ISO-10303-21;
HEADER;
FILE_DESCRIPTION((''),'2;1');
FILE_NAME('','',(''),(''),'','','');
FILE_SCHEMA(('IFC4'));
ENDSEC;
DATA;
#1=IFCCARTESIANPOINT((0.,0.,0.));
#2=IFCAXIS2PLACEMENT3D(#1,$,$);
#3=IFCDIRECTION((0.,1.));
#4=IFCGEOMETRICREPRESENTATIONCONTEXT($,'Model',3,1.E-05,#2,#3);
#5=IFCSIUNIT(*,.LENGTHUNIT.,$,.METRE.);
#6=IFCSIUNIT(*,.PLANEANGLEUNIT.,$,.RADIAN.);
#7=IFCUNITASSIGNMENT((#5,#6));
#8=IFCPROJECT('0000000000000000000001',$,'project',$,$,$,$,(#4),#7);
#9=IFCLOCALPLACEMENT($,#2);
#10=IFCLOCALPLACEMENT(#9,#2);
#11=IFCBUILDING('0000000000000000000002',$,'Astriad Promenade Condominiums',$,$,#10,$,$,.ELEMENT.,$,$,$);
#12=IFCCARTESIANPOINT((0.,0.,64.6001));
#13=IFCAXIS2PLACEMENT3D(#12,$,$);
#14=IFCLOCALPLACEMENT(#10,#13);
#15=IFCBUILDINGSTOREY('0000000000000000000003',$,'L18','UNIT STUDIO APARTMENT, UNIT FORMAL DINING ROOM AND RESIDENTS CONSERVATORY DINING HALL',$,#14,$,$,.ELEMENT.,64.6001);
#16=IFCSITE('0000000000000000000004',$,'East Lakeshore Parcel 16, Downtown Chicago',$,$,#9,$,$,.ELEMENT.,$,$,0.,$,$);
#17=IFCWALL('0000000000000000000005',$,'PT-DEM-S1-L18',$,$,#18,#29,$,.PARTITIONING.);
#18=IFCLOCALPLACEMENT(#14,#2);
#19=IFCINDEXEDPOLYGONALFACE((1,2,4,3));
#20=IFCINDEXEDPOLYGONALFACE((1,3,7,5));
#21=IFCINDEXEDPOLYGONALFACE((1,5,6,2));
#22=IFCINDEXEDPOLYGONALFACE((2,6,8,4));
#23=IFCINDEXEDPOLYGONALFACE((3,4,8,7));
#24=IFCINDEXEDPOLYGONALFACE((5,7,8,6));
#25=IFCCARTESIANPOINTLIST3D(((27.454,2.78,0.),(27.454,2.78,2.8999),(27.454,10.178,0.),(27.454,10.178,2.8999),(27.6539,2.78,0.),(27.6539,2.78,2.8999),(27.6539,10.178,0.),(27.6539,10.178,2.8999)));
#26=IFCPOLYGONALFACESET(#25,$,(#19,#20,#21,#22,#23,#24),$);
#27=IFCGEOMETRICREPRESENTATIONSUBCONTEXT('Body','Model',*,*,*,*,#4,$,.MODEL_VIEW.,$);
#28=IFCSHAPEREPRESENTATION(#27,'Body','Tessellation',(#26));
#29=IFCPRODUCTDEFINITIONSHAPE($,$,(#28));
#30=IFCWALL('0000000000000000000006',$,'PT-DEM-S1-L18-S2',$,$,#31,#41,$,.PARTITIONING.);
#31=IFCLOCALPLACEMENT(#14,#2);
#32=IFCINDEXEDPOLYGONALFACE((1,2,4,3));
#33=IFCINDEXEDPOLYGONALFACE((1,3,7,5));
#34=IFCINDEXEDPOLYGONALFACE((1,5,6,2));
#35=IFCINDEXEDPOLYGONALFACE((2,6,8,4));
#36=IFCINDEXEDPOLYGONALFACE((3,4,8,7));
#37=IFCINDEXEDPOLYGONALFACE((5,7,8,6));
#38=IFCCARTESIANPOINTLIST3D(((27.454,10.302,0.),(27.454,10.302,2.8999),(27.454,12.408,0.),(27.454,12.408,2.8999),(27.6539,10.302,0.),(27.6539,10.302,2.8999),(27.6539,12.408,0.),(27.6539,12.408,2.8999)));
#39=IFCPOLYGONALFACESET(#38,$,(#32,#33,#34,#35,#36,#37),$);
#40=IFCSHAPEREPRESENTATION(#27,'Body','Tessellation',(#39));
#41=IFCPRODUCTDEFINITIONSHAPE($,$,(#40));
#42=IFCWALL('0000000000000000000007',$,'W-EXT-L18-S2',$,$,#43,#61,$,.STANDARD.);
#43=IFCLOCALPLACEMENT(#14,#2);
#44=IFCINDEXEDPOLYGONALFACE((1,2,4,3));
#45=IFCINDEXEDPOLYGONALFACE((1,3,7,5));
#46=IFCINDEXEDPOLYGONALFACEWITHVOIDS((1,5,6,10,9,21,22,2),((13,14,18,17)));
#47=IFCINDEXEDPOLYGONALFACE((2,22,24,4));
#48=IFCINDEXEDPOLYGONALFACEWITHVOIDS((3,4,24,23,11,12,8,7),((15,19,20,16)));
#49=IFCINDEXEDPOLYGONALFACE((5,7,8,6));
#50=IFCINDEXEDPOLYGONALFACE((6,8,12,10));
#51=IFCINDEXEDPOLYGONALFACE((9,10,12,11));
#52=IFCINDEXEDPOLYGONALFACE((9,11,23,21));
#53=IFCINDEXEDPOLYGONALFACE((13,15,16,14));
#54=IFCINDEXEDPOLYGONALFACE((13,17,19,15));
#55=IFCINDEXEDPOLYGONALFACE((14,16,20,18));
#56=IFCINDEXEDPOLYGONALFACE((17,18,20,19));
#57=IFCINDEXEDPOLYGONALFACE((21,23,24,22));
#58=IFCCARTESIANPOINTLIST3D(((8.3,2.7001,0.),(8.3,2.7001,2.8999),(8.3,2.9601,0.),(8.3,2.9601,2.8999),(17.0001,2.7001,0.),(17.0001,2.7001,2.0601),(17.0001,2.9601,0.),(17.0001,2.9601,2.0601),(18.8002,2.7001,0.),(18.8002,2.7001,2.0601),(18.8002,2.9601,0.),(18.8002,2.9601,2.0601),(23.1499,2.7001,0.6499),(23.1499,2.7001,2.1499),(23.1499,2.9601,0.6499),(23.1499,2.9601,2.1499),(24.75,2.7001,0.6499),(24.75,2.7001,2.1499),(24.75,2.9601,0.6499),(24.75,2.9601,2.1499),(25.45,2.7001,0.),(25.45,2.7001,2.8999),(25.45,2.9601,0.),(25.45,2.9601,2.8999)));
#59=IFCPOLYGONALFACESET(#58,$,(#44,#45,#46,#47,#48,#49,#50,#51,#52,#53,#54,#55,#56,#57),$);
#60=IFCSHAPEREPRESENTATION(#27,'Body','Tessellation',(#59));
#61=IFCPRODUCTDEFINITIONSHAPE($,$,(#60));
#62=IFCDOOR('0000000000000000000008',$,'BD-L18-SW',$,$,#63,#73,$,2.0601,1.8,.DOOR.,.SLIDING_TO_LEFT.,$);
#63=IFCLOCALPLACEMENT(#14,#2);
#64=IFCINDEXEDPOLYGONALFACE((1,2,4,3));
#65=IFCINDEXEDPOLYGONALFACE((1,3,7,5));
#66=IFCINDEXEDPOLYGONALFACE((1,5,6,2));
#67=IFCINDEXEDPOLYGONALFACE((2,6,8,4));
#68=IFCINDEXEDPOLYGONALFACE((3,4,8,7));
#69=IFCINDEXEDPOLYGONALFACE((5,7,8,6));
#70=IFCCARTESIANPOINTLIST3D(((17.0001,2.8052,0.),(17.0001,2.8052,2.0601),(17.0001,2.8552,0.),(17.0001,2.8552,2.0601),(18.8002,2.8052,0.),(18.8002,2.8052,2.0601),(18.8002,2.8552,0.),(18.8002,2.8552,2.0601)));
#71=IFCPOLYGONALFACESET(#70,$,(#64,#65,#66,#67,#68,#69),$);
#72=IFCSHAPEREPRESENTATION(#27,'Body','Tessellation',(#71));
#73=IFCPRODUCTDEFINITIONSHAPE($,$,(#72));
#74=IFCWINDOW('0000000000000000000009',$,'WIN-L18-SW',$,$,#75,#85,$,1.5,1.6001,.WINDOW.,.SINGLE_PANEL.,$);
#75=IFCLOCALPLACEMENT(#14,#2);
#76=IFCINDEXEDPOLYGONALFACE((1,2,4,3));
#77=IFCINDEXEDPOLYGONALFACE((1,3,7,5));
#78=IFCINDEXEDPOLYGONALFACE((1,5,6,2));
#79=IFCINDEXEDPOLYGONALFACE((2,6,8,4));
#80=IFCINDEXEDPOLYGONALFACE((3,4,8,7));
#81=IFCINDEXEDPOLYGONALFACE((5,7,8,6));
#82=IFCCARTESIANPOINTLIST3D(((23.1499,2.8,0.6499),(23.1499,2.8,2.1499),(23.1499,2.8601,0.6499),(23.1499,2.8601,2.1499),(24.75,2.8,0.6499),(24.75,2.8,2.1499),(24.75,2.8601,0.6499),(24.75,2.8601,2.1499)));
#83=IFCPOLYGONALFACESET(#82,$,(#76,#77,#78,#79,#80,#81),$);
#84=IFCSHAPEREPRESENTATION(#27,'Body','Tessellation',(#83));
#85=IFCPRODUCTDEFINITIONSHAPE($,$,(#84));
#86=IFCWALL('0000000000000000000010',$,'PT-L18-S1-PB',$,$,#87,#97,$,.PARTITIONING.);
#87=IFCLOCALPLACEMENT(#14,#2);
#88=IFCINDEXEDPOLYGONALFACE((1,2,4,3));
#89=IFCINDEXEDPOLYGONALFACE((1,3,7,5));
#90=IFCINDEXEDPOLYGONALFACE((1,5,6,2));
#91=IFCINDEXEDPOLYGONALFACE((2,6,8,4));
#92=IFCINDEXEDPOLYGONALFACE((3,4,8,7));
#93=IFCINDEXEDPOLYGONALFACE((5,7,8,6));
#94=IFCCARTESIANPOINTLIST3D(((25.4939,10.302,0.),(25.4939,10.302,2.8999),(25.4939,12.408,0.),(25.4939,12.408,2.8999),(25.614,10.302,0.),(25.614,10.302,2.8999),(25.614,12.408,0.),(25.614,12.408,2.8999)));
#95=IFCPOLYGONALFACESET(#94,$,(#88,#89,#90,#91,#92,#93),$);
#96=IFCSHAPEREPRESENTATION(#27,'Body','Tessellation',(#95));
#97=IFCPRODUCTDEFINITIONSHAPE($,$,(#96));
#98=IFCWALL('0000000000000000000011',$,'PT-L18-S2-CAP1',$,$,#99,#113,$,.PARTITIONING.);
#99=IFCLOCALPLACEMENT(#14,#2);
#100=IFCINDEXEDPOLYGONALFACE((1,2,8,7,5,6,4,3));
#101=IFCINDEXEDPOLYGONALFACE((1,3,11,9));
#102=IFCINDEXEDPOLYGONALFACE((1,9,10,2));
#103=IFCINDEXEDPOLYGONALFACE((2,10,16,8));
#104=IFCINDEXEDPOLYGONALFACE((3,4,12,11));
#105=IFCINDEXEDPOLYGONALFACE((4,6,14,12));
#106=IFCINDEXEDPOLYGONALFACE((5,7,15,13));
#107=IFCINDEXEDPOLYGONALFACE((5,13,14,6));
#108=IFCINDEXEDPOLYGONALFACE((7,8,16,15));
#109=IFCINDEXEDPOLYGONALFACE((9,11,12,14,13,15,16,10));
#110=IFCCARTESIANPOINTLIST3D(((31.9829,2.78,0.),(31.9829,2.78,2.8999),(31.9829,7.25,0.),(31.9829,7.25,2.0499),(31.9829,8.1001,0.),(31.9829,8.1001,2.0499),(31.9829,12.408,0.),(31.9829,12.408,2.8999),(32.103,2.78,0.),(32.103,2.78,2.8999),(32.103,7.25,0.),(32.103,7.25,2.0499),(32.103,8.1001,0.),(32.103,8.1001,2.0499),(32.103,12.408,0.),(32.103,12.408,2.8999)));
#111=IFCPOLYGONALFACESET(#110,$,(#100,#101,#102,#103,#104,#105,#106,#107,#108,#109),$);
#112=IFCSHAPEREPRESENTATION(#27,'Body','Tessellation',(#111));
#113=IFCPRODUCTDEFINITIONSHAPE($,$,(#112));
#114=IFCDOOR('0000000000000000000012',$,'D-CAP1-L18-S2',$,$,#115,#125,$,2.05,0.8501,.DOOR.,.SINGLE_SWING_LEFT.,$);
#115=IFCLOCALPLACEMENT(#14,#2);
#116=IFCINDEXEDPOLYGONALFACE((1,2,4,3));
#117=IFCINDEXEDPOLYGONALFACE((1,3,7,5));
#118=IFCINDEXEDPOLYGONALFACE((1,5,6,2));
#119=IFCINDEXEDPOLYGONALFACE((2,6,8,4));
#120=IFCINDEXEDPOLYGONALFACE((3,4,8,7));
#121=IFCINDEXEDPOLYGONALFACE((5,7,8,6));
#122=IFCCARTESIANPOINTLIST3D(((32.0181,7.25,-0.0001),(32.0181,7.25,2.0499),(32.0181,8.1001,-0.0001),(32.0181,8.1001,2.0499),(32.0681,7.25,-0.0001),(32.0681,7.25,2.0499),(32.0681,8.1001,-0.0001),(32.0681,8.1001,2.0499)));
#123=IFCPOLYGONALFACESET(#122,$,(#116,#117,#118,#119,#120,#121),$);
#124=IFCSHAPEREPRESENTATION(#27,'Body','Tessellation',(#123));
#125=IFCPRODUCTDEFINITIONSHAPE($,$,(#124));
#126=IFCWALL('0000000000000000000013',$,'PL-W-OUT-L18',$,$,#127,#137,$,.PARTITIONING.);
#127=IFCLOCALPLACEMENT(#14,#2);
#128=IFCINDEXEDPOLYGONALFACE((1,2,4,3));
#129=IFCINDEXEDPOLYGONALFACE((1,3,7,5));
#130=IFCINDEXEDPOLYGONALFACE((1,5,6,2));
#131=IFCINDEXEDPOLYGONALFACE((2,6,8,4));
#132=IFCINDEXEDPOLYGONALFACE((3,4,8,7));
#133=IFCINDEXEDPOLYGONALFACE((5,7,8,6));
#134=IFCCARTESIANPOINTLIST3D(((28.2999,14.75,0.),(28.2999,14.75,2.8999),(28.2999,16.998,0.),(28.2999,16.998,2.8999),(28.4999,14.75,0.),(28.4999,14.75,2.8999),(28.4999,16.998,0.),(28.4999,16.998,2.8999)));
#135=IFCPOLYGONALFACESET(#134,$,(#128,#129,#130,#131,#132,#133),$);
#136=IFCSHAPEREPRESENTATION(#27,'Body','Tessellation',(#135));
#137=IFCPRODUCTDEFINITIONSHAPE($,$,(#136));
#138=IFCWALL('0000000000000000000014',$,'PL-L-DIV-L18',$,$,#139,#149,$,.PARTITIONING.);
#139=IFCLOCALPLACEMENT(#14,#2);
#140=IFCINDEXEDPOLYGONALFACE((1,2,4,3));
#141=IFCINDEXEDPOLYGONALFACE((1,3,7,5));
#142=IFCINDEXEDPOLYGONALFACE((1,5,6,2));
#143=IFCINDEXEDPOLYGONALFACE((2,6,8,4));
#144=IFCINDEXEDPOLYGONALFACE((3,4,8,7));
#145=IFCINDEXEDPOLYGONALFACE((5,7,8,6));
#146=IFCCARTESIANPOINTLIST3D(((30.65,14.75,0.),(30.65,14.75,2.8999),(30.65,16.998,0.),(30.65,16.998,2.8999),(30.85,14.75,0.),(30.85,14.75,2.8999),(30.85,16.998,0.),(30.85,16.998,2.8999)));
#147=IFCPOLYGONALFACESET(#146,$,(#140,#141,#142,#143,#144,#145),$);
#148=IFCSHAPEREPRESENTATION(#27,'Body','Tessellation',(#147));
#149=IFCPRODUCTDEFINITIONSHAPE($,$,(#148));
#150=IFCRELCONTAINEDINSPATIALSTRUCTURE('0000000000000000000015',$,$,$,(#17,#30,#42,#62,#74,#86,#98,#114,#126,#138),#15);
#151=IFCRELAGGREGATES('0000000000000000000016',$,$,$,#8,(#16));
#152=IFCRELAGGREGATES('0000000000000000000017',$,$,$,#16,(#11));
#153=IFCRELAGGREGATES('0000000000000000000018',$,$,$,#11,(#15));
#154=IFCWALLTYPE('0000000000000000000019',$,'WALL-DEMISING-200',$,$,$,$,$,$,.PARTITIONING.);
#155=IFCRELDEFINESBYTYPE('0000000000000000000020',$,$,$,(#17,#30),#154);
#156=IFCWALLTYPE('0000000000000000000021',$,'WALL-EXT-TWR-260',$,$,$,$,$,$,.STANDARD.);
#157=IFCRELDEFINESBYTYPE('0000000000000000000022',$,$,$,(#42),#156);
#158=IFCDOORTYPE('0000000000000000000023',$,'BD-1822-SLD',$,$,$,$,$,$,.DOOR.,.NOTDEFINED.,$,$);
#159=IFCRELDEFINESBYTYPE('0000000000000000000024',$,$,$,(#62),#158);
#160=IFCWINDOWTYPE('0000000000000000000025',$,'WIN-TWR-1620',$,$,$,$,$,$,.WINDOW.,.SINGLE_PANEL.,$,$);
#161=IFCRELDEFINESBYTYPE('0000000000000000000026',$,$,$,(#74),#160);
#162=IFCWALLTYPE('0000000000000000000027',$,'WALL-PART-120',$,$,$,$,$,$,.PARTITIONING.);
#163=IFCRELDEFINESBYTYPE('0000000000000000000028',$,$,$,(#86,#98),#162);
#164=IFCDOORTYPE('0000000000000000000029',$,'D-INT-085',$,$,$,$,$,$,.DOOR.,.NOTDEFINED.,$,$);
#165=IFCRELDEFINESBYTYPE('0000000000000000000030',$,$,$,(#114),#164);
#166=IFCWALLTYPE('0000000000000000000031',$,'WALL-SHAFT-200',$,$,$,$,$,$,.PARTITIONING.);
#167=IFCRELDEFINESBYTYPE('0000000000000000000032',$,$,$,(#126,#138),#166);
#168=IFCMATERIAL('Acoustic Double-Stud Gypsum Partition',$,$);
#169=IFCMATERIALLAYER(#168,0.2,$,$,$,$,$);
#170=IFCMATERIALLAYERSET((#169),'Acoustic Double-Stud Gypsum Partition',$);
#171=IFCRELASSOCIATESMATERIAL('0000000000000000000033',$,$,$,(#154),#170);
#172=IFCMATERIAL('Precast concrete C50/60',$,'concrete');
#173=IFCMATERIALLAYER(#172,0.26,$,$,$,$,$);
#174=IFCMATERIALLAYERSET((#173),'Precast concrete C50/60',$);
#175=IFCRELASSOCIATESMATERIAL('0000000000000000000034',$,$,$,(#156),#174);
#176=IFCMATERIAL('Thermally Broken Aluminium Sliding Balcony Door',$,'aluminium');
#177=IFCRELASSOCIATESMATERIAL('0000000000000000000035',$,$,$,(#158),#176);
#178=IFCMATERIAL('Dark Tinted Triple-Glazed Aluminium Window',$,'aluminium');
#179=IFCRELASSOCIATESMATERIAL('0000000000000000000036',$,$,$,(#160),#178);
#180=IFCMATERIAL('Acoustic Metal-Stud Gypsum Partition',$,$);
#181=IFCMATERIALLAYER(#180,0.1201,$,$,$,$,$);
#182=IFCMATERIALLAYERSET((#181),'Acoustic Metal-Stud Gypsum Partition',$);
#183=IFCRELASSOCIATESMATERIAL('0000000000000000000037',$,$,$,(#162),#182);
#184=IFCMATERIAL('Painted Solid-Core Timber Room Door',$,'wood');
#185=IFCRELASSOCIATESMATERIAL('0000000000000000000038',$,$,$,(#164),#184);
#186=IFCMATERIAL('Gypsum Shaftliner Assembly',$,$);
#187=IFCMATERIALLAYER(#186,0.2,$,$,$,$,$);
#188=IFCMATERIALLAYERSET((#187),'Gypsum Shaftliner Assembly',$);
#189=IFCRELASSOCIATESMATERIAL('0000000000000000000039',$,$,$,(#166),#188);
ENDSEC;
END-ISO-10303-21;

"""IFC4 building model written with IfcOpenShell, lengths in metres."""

from ifc_helpers import new_model, si_unit, direction, frame, frame_2d, origin, place, context, subcontext, project, spatial, rectangle, extrude, source, transform, mapped, material, layer, layer_set, type_object, type_shapes, element, fill, save


model = new_model("IFC4")

# Units and contexts
model_context = context("Model", 3, precision=1e-05, world=origin(), true_north=direction((0.0, 1.0)))
body_context = subcontext(model_context, "Body", "Model", "MODEL_VIEW")
ifc_project = project(units=[si_unit("LENGTHUNIT", "METRE"), si_unit("PLANEANGLEUNIT", "RADIAN")], contexts=[model_context])

# Site, building, storey
site_placement = place(None, origin())
site = spatial("IfcSite", under=ifc_project, at=site_placement, Name="East Lakeshore Parcel 16, Downtown Chicago", CompositionType="ELEMENT", RefElevation=0.0)
building_placement = place(site_placement, origin())
building = spatial("IfcBuilding", under=site, at=building_placement, Name="Astriad Promenade Condominiums", CompositionType="ELEMENT")
storey_placement = place(building_placement, frame((0.0, 0.0, 64.6001)))
storey = spatial("IfcBuildingStorey", under=building, at=storey_placement, Name="L18", Description="UNIT STUDIO APARTMENT, UNIT FORMAL DINING ROOM AND RESIDENTS CONSERVATORY DINING HALL", CompositionType="ELEMENT", Elevation=64.6001)

# Walls
ifc_material_1 = material(Name="Acoustic Double-Stud Gypsum Partition")
ifc_layer_1 = layer(ifc_material_1, 0.2)
ifc_layer_set_1 = layer_set([ifc_layer_1], Name="Acoustic Double-Stud Gypsum Partition")
wall_type_1 = type_object("IfcWallType", Name="WALL-DEMISING-200", PredefinedType="PARTITIONING", material=ifc_layer_set_1)
wall_1_placement = place(storey_placement, frame((27.554, 2.78, 0.0), z_axis=(0.0, 0.0, 1.0), x_axis=(0.0, 1.0, 0.0)))
element("IfcWall", 1, at=wall_1_placement, inside=storey, type_object=wall_type_1, Name="PT-DEM-S1-L18", PredefinedType="PARTITIONING", context=body_context, shape_type="SweptSolid", body=[
    extrude(rectangle(XDim=7.3979, YDim=0.2, at=frame_2d((3.699, 0.0))), origin(), (0.0, 0.0, 1.0), 2.8999),
])
wall_2_placement = place(storey_placement, frame((27.554, 10.302, 0.0), z_axis=(0.0, 0.0, 1.0), x_axis=(0.0, 1.0, 0.0)))
element("IfcWall", 2, at=wall_2_placement, inside=storey, type_object=wall_type_1, Name="PT-DEM-S1-L18-S2", PredefinedType="PARTITIONING", context=body_context, shape_type="SweptSolid", body=[
    extrude(rectangle(XDim=2.106, YDim=0.2, at=frame_2d((1.053, 0.0))), origin(), (0.0, 0.0, 1.0), 2.8999),
])

# Wall, openings, door, window
ifc_material_2 = material(Name="Precast concrete C50/60", Category="concrete")
ifc_layer_2 = layer(ifc_material_2, 0.26)
ifc_layer_set_2 = layer_set([ifc_layer_2], Name="Precast concrete C50/60")
wall_type_2 = type_object("IfcWallType", Name="WALL-EXT-TWR-260", PredefinedType="STANDARD", material=ifc_layer_set_2)
wall_3_placement = place(storey_placement, frame((25.45, 2.8301, 0.0), z_axis=(0.0, 0.0, 1.0), x_axis=(-1.0, 0.0, 0.0)))
wall_3 = element("IfcWall", 3, at=wall_3_placement, inside=storey, type_object=wall_type_2, Name="W-EXT-L18-S2", PredefinedType="STANDARD", context=body_context, shape_type="SweptSolid", body=[
    extrude(rectangle(XDim=17.1499, YDim=0.26, at=frame_2d((8.575, 0.0))), origin(), (0.0, 0.0, 1.0), 2.8999),
])
opening_1_placement = place(wall_3_placement, frame((6.6499, 0.0, 0.0)))
opening_1 = element("IfcOpeningElement", 4, at=opening_1_placement, cuts=wall_3, PredefinedType="OPENING", context=body_context, shape_type="SweptSolid", body=[
    extrude(rectangle(XDim=1.8, YDim=2.0601, at=frame_2d((0.8999, 1.03))), frame((0.0, 0.1399, 0.0), z_axis=(0.0, -1.0, 0.0), x_axis=(1.0, 0.0, 0.0)), (0.0, 0.0, 1.0), 0.28),
])
opening_2_placement = place(wall_3_placement, frame((0.7, 0.0, 0.6499)))
opening_2 = element("IfcOpeningElement", 5, at=opening_2_placement, cuts=wall_3, PredefinedType="OPENING", context=body_context, shape_type="SweptSolid", body=[
    extrude(rectangle(XDim=1.6001, YDim=1.5, at=frame_2d((0.8, 0.75))), frame((0.0, 0.1399, 0.0), z_axis=(0.0, -1.0, 0.0), x_axis=(1.0, 0.0, 0.0)), (0.0, 0.0, 1.0), 0.28),
])
ifc_material_3 = material(Name="Thermally Broken Aluminium Sliding Balcony Door", Category="aluminium")
door_type_1 = type_object("IfcDoorType", Name="BD-1822-SLD", OperationType="NOTDEFINED", PredefinedType="DOOR", material=ifc_material_3)
shared_shape_1 = source(origin(), body_context, "Body", "SweptSolid", [
    extrude(rectangle(XDim=1.8, YDim=2.0601, at=frame_2d((0.8999, 1.03))), frame((0.0, 0.0249, 0.0), z_axis=(0.0, -1.0, 0.0), x_axis=(1.0, 0.0, 0.0)), (0.0, 0.0, 1.0), 0.05),
])
type_shapes(door_type_1, [shared_shape_1])
door_1_placement = place(opening_1_placement, origin())
door_1 = element("IfcDoor", 6, at=door_1_placement, inside=storey, type_object=door_type_1, Name="BD-L18-SW", OperationType="SLIDING_TO_LEFT", OverallHeight=2.0601, OverallWidth=1.8, PredefinedType="DOOR", context=body_context, shape_type="MappedRepresentation", body=[
    mapped(shared_shape_1, transform((0.0, 0.0, 0.0), scale=1.0)),
])
fill(opening_1, door_1)
ifc_material_4 = material(Name="Dark Tinted Triple-Glazed Aluminium Window", Category="aluminium")
window_type = type_object("IfcWindowType", Name="WIN-TWR-1620", PartitioningType="SINGLE_PANEL", PredefinedType="WINDOW", material=ifc_material_4)
shared_shape_2 = source(origin(), body_context, "Body", "SweptSolid", [
    extrude(rectangle(XDim=1.6001, YDim=1.5, at=frame_2d((0.8, 0.75))), frame((0.0, 0.03, 0.0), z_axis=(0.0, -1.0, 0.0), x_axis=(1.0, 0.0, 0.0)), (0.0, 0.0, 1.0), 0.0601),
])
type_shapes(window_type, [shared_shape_2])
window_placement = place(opening_2_placement, origin())
window = element("IfcWindow", 7, at=window_placement, inside=storey, type_object=window_type, Name="WIN-L18-SW", OverallHeight=1.5, OverallWidth=1.6001, PartitioningType="SINGLE_PANEL", PredefinedType="WINDOW", context=body_context, shape_type="MappedRepresentation", body=[
    mapped(shared_shape_2, transform((0.0, 0.0, 0.0), scale=1.0)),
])
fill(opening_2, window)

# Wall
ifc_material_5 = material(Name="Acoustic Metal-Stud Gypsum Partition")
ifc_layer_3 = layer(ifc_material_5, 0.1201)
ifc_layer_set_3 = layer_set([ifc_layer_3], Name="Acoustic Metal-Stud Gypsum Partition")
wall_type_3 = type_object("IfcWallType", Name="WALL-PART-120", PredefinedType="PARTITIONING", material=ifc_layer_set_3)
wall_4_placement = place(storey_placement, frame((25.554, 10.302, 0.0), z_axis=(0.0, 0.0, 1.0), x_axis=(0.0, 1.0, 0.0)))
element("IfcWall", 8, at=wall_4_placement, inside=storey, type_object=wall_type_3, Name="PT-L18-S1-PB", PredefinedType="PARTITIONING", context=body_context, shape_type="SweptSolid", body=[
    extrude(rectangle(XDim=2.106, YDim=0.1201, at=frame_2d((1.053, 0.0))), origin(), (0.0, 0.0, 1.0), 2.8999),
])

# Wall, opening, door
wall_5_placement = place(storey_placement, frame((32.043, 2.78, 0.0), z_axis=(0.0, 0.0, 1.0), x_axis=(0.0, 1.0, 0.0)))
wall_5 = element("IfcWall", 9, at=wall_5_placement, inside=storey, type_object=wall_type_3, Name="PT-L18-S2-CAP1", PredefinedType="PARTITIONING", context=body_context, shape_type="SweptSolid", body=[
    extrude(rectangle(XDim=9.6279, YDim=0.1201, at=frame_2d((4.814, 0.0))), origin(), (0.0, 0.0, 1.0), 2.8999),
])
opening_3_placement = place(wall_5_placement, frame((4.47, 0.0, 0.0)))
opening_3 = element("IfcOpeningElement", 10, at=opening_3_placement, cuts=wall_5, PredefinedType="OPENING", context=body_context, shape_type="SweptSolid", body=[
    extrude(rectangle(XDim=0.8501, YDim=2.05, at=frame_2d((0.425, 1.0249))), frame((0.0, 0.0701, 0.0), z_axis=(0.0, -1.0, 0.0), x_axis=(1.0, 0.0, 0.0)), (0.0, 0.0, 1.0), 0.1401),
])
ifc_material_6 = material(Name="Painted Solid-Core Timber Room Door", Category="wood")
door_type_2 = type_object("IfcDoorType", Name="D-INT-085", OperationType="NOTDEFINED", PredefinedType="DOOR", material=ifc_material_6)
shared_shape_3 = source(origin(), body_context, "Body", "SweptSolid", [
    extrude(rectangle(XDim=0.8501, YDim=2.05, at=frame_2d((0.425, 1.0249))), frame((0.0, 0.0249, 0.0), z_axis=(0.0, -1.0, 0.0), x_axis=(1.0, 0.0, 0.0)), (0.0, 0.0, 1.0), 0.05),
])
type_shapes(door_type_2, [shared_shape_3])
door_2_placement = place(opening_3_placement, origin())
door_2 = element("IfcDoor", 11, at=door_2_placement, inside=storey, type_object=door_type_2, Name="D-CAP1-L18-S2", OperationType="SINGLE_SWING_LEFT", OverallHeight=2.05, OverallWidth=0.8501, PredefinedType="DOOR", context=body_context, shape_type="MappedRepresentation", body=[
    mapped(shared_shape_3, transform((0.0, 0.0, 0.0), scale=1.0)),
])
fill(opening_3, door_2)

# Walls
ifc_material_7 = material(Name="Gypsum Shaftliner Assembly")
ifc_layer_4 = layer(ifc_material_7, 0.2)
ifc_layer_set_4 = layer_set([ifc_layer_4], Name="Gypsum Shaftliner Assembly")
wall_type_4 = type_object("IfcWallType", Name="WALL-SHAFT-200", PredefinedType="PARTITIONING", material=ifc_layer_set_4)
for number, where, z_axis, x_axis, name in (
    (12, (28.3999, 14.75, 0.0), (0.0, 0.0, 1.0), (0.0, 1.0, 0.0), "PL-W-OUT-L18"),
    (13, (30.75, 14.75, 0.0), (0.0, 0.0, 1.0), (0.0, 1.0, 0.0), "PL-L-DIV-L18"),
):
    element("IfcWall", number, at=place(storey_placement, frame(where, z_axis=z_axis, x_axis=x_axis)), inside=storey, type_object=wall_type_4, Name=name, PredefinedType="PARTITIONING", context=body_context, shape_type="SweptSolid", body=[
        extrude(rectangle(XDim=2.248, YDim=0.2, at=frame_2d((1.124, 0.0))), origin(), (0.0, 0.0, 1.0), 2.8999),
    ])

save(model, "model.ifc")
